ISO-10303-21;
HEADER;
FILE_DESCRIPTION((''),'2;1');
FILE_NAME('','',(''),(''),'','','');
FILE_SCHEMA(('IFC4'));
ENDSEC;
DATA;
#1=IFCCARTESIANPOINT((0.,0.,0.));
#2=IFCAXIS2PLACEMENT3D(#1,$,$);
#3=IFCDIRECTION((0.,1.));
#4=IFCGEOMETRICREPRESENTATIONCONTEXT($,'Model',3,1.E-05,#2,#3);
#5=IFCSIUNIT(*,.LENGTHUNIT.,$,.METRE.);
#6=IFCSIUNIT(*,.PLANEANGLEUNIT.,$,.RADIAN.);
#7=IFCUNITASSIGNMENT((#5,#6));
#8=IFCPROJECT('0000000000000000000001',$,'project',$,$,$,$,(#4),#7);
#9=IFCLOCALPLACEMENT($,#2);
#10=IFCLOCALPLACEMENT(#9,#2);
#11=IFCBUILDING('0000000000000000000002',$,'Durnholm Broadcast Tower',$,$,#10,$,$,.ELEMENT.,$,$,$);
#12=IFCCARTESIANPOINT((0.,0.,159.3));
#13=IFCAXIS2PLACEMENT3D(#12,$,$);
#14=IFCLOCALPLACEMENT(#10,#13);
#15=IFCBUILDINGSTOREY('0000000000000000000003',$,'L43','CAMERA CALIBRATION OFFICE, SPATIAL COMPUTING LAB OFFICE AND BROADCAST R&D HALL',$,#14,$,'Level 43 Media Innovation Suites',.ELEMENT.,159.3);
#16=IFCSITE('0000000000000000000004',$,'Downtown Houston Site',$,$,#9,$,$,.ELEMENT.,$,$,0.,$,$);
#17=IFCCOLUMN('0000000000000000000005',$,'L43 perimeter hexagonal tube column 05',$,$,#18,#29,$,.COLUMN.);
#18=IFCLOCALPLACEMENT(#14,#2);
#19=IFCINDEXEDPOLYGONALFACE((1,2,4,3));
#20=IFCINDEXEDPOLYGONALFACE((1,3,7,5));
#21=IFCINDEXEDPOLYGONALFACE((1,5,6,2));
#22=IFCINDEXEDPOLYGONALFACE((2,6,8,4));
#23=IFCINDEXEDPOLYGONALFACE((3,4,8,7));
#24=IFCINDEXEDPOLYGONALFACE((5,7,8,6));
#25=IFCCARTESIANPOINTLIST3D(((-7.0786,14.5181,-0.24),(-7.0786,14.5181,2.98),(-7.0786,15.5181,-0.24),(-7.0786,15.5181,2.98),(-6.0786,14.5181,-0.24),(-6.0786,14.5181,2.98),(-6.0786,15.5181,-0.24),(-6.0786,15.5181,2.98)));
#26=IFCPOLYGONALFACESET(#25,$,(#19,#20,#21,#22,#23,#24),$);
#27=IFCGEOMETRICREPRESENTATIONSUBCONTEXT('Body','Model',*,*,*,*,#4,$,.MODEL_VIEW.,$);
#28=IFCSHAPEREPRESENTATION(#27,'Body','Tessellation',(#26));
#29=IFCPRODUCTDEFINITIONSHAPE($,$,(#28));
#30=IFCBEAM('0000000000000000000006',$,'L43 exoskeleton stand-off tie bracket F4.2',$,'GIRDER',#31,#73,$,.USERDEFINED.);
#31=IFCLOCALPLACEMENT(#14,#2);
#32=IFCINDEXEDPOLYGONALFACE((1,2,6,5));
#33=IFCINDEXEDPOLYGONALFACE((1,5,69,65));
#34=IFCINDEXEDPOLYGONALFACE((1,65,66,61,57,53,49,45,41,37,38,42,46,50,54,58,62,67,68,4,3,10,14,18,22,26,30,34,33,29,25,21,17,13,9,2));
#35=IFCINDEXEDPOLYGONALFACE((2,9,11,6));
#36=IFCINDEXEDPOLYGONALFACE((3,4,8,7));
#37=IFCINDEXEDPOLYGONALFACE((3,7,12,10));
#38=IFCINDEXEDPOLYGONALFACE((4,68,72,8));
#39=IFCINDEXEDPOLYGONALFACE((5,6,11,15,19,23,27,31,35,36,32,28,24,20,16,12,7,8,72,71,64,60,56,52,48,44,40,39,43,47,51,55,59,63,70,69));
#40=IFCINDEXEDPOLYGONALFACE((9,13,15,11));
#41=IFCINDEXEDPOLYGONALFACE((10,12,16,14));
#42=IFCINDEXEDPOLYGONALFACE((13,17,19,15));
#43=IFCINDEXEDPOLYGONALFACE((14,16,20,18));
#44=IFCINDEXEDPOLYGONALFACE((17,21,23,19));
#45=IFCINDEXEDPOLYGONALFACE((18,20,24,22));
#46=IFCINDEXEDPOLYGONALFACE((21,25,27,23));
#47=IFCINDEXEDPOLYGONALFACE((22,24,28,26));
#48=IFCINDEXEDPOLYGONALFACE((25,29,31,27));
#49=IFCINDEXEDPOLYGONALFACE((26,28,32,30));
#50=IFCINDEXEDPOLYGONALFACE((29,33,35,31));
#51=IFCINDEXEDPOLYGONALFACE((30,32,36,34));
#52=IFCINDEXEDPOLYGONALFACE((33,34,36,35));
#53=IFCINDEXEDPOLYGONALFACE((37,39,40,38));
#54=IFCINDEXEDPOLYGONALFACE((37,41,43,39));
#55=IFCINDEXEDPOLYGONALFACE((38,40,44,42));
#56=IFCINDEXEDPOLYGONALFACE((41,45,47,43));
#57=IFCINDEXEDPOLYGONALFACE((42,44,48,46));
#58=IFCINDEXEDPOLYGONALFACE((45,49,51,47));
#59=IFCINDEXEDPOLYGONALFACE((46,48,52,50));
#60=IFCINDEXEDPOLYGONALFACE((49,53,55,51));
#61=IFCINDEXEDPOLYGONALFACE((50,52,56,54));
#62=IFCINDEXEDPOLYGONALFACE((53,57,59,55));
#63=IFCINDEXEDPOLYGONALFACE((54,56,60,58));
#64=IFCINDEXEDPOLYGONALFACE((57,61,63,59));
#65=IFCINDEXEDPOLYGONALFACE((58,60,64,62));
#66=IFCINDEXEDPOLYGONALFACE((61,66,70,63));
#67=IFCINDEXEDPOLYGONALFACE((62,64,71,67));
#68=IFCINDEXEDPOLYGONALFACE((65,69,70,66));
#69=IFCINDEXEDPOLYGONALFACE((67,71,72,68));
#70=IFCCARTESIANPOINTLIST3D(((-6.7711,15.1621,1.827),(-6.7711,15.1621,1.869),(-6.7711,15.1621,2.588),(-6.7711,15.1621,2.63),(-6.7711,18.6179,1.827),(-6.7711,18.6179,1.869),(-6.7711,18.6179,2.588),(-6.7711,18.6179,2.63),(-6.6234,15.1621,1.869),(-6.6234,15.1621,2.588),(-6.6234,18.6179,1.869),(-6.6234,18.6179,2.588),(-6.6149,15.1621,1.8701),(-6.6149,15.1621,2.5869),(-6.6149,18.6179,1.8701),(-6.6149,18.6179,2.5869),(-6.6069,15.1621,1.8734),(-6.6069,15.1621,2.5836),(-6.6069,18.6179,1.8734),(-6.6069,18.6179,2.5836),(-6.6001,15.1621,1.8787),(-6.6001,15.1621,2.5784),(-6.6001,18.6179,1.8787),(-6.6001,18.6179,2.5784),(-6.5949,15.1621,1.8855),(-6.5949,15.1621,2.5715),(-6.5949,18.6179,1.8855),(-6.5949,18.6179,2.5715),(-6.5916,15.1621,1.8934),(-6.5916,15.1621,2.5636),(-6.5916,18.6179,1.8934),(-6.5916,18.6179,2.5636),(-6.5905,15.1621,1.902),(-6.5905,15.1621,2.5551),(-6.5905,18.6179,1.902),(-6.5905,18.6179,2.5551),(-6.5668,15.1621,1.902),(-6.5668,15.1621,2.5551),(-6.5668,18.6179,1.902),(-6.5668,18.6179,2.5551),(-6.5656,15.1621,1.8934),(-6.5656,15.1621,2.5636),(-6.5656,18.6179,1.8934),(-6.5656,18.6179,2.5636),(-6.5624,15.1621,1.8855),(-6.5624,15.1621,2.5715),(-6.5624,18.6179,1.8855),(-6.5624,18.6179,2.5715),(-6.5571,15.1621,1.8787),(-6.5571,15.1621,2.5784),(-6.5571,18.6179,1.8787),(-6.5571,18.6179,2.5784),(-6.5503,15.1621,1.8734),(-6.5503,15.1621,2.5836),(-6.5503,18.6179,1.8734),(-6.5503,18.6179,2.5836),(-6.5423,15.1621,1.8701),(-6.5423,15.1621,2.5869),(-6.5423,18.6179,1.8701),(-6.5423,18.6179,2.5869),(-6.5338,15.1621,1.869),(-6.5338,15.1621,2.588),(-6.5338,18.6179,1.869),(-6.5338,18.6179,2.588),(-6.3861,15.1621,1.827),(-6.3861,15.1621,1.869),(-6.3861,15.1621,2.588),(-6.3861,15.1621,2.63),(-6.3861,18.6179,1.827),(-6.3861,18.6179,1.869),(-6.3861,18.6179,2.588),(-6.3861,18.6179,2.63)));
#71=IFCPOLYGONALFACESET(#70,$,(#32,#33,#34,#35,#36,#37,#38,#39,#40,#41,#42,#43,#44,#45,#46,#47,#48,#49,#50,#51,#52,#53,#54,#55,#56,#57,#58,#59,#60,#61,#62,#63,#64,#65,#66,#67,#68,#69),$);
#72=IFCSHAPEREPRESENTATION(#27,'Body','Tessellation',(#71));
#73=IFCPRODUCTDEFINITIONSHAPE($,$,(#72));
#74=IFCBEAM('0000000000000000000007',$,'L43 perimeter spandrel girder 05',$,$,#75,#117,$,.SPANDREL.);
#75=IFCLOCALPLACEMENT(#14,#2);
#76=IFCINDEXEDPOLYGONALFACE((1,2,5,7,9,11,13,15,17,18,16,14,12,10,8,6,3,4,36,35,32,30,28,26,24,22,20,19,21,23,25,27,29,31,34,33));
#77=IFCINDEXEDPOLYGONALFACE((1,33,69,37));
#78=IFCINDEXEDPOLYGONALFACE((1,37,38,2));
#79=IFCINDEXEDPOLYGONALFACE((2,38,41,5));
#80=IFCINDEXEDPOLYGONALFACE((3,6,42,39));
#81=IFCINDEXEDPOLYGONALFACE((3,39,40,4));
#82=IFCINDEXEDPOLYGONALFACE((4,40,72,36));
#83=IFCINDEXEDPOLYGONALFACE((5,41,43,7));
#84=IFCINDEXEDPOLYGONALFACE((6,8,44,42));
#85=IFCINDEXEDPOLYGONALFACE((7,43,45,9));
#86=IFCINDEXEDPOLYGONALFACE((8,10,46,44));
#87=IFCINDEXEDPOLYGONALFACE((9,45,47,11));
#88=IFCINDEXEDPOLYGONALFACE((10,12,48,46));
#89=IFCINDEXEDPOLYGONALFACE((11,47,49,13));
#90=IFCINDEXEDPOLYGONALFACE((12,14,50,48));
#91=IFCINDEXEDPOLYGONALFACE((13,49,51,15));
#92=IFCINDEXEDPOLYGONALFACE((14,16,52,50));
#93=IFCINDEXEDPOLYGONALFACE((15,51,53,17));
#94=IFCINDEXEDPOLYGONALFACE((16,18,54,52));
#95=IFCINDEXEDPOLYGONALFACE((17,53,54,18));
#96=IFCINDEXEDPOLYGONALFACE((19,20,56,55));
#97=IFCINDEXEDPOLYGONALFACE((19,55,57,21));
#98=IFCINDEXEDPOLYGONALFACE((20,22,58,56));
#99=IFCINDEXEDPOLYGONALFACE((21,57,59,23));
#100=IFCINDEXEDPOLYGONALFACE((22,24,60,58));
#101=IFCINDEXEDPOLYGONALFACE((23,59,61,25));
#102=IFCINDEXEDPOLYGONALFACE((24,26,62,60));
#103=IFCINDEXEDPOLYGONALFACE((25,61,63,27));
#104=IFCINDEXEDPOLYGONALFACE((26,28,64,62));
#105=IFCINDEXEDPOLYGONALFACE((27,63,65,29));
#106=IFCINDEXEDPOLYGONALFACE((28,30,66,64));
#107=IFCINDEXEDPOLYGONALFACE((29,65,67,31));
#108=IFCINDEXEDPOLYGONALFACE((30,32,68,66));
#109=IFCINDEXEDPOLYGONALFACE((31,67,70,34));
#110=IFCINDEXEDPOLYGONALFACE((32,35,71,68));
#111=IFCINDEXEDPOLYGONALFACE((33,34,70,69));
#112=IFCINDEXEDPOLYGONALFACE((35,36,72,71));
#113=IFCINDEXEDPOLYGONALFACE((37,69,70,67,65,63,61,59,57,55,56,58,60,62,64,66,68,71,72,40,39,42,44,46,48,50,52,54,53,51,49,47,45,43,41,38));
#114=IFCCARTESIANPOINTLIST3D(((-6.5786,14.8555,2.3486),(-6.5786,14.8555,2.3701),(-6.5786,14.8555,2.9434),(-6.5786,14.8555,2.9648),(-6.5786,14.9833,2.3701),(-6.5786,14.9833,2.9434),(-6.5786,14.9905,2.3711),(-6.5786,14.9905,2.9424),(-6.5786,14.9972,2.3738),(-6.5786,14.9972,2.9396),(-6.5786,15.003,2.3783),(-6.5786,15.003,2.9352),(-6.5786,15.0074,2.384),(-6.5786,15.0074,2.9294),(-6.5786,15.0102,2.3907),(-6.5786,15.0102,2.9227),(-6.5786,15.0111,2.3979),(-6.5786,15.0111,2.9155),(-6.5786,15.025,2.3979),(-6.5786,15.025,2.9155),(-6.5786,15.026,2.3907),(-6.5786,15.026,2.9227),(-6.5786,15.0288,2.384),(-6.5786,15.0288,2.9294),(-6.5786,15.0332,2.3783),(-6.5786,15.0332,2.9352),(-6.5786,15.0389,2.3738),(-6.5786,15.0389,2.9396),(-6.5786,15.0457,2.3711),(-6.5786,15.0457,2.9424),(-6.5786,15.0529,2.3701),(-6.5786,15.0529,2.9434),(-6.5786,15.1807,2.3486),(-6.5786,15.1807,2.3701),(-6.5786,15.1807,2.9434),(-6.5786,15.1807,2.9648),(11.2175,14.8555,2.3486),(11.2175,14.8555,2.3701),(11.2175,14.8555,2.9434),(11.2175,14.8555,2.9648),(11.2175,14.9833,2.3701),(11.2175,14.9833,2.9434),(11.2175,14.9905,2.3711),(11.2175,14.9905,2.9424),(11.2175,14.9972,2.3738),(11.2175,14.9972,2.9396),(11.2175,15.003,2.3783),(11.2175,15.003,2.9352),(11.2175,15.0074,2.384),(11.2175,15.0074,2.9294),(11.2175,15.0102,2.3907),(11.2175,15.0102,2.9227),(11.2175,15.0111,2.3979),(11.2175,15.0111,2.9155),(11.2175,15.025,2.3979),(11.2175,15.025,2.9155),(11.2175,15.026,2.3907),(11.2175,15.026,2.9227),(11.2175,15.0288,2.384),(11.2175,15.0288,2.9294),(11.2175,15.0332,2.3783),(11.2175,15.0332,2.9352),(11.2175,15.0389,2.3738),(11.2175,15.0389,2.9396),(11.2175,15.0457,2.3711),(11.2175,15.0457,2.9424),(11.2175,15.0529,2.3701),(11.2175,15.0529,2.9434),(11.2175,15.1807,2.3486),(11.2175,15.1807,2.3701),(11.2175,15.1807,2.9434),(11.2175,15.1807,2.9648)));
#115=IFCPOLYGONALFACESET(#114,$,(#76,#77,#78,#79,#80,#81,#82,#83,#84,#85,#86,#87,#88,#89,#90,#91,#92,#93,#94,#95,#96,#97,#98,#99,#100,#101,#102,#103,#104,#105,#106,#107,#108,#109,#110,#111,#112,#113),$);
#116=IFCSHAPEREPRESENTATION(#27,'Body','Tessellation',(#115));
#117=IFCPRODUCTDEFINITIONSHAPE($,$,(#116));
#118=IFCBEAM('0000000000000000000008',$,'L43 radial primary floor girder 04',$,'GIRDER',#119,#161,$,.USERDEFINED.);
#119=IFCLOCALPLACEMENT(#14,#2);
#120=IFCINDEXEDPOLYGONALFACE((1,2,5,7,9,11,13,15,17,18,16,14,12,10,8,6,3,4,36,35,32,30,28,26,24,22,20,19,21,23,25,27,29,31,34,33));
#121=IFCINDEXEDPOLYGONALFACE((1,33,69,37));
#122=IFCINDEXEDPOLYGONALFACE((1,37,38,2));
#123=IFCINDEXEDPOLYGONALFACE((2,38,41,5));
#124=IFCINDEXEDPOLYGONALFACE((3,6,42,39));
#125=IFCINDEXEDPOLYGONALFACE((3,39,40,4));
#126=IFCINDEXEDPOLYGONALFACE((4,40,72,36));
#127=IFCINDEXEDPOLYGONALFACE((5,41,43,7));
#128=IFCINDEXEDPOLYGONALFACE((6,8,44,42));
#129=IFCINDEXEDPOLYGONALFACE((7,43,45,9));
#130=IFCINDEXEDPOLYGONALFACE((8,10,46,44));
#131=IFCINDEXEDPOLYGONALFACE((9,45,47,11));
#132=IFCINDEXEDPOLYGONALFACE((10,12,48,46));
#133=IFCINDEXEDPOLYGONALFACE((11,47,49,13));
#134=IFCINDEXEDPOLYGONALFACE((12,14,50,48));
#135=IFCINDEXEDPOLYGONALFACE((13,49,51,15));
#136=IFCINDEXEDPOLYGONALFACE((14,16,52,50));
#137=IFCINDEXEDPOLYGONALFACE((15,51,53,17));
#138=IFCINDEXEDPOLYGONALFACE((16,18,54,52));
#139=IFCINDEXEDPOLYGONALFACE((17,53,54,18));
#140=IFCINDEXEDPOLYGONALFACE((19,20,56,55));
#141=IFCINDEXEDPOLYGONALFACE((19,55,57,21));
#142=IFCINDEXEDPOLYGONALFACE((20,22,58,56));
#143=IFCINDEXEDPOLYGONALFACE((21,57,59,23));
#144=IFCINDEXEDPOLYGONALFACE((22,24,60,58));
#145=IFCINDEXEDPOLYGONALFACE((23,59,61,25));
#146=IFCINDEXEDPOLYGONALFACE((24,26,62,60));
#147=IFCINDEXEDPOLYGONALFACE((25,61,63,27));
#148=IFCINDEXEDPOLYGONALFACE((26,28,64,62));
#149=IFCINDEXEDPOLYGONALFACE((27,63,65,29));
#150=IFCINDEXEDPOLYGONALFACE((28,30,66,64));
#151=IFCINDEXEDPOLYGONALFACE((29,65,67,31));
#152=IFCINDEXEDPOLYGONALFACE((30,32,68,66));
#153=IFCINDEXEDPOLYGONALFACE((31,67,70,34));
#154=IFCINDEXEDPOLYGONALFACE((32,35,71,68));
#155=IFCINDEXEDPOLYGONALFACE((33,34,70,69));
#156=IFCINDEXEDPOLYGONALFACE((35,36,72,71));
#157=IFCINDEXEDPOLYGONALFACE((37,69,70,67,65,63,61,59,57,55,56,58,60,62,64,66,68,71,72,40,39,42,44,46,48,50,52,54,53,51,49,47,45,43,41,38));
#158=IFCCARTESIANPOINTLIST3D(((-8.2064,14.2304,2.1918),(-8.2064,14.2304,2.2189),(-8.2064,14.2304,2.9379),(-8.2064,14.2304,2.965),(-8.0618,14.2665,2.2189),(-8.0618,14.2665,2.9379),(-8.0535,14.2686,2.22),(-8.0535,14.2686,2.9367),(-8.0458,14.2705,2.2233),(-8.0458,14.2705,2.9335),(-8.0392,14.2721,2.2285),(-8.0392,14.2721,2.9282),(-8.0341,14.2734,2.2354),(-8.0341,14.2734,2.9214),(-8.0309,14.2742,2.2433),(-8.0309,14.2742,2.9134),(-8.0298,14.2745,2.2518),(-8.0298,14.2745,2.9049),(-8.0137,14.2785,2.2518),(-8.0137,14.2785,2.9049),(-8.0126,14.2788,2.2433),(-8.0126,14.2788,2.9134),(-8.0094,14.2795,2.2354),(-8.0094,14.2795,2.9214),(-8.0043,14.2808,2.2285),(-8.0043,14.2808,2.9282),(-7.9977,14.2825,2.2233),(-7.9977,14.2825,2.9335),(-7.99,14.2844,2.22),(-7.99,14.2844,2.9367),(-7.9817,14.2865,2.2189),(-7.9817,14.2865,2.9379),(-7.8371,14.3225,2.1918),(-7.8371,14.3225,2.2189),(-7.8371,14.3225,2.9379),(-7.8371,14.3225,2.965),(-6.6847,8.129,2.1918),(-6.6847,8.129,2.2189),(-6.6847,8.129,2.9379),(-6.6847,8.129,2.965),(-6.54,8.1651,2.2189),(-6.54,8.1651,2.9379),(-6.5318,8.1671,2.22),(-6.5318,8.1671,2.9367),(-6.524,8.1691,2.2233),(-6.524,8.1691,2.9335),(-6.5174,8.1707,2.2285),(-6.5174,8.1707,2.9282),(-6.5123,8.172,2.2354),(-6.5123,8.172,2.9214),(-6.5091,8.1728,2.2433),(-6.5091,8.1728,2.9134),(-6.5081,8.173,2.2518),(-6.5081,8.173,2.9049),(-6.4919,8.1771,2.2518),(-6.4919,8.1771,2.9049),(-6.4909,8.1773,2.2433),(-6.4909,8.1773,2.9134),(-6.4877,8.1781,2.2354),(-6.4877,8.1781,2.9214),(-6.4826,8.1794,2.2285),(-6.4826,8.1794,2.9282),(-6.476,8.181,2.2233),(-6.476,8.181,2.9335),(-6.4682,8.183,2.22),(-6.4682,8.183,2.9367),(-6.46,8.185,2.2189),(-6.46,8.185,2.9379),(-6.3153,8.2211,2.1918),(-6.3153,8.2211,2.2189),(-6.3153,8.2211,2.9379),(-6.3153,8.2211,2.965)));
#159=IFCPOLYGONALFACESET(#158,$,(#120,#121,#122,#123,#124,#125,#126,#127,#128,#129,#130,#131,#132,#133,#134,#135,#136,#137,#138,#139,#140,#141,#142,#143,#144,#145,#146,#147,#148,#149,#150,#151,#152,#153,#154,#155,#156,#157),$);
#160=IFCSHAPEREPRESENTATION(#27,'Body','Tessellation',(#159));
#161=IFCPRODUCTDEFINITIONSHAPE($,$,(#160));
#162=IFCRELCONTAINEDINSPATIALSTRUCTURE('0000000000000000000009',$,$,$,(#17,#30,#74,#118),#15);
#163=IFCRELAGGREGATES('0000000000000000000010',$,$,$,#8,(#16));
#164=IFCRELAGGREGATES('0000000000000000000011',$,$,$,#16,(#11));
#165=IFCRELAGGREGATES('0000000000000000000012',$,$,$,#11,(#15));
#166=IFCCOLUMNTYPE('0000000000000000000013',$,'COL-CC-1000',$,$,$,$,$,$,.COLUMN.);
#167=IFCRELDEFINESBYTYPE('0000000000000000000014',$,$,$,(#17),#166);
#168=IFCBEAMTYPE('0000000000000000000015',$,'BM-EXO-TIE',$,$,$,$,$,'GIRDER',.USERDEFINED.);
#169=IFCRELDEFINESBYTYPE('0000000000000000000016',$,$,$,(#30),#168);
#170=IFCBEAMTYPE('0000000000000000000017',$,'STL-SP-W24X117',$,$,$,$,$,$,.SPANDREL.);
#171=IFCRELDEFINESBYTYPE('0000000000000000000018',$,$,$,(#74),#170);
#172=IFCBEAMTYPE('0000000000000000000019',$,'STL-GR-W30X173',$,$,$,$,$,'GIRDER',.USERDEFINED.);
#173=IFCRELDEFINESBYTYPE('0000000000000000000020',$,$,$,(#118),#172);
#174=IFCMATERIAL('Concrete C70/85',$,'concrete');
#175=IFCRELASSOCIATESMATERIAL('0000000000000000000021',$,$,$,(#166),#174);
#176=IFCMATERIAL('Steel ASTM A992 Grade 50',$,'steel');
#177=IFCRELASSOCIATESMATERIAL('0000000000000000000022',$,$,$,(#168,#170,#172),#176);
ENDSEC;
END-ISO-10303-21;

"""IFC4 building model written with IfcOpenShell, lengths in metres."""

from ifc_helpers import new_model, si_unit, direction, frame, origin, origin_2d, place, context, subcontext, project, spatial, rectangle, i_section, extrude, source, transform, mapped, material, material_profile, profile_set, type_object, type_shapes, element, save


model = new_model("IFC4")

# Units and contexts
model_context = context("Model", 3, precision=1e-05, world=origin(), true_north=direction((0.0, 1.0)))
body_context = subcontext(model_context, "Body", "Model", "MODEL_VIEW")
ifc_project = project(units=[si_unit("LENGTHUNIT", "METRE"), si_unit("PLANEANGLEUNIT", "RADIAN")], contexts=[model_context])

# Site, building, storey
site_placement = place(None, origin())
site = spatial("IfcSite", under=ifc_project, at=site_placement, Name="Downtown Houston Site", CompositionType="ELEMENT", RefElevation=0.0)
building_placement = place(site_placement, origin())
building = spatial("IfcBuilding", under=site, at=building_placement, Name="Durnholm Broadcast Tower", CompositionType="ELEMENT")
storey_placement = place(building_placement, frame((0.0, 0.0, 159.3)))
storey = spatial("IfcBuildingStorey", under=building, at=storey_placement, Name="L43", Description="CAMERA CALIBRATION OFFICE, SPATIAL COMPUTING LAB OFFICE AND BROADCAST R&D HALL", LongName="Level 43 Media Innovation Suites", CompositionType="ELEMENT", Elevation=159.3)

# Column
ifc_material_1 = material(Name="Concrete C70/85", Category="concrete")
ifc_material_profile_1 = material_profile(ifc_material_1, rectangle(XDim=1.0, YDim=1.0, at=origin_2d()), Name="RC1000X1000")
ifc_profile_set_1 = profile_set([ifc_material_profile_1], Name="Concrete C70/85")
column_type = type_object("IfcColumnType", Name="COL-CC-1000", PredefinedType="COLUMN", material=ifc_profile_set_1)
shared_shape_1 = source(origin(), body_context, "Body", "SweptSolid", [
    extrude(rectangle(XDim=1.0, YDim=1.0, at=origin_2d()), origin(), (0.0, 0.0, 1.0), 3.22),
])
type_shapes(column_type, [shared_shape_1])
column_placement = place(storey_placement, frame((-6.5786, 15.0181, -0.24), z_axis=(0.0, 0.0, 1.0), x_axis=(1.0, 0.0, 0.0)))
element("IfcColumn", 1, at=column_placement, inside=storey, type_object=column_type, Name="L43 perimeter hexagonal tube column 05", PredefinedType="COLUMN", context=body_context, shape_type="MappedRepresentation", body=[
    mapped(shared_shape_1, transform((0.0, 0.0, 0.0), x_axis=(1.0, 0.0, 0.0), y_axis=(0.0, 1.0, 0.0), z_axis=(0.0, 0.0, 1.0), scale=1.0)),
])

# Beams
ifc_material_2 = material(Name="Steel ASTM A992 Grade 50", Category="steel")
ifc_material_profile_2 = material_profile(ifc_material_2, i_section(OverallWidth=0.385, OverallDepth=0.803, WebThickness=0.0237, FlangeThickness=0.042, FilletRadius=0.033, at=origin_2d()), Name="W30X261")
ifc_profile_set_2 = profile_set([ifc_material_profile_2], Name="Steel ASTM A992 Grade 50")
beam_type_1 = type_object("IfcBeamType", Name="BM-EXO-TIE", ElementType="GIRDER", PredefinedType="USERDEFINED", material=ifc_profile_set_2)
shared_shape_2 = source(origin(), body_context, "Body", "SweptSolid", [
    extrude(i_section(OverallWidth=0.385, OverallDepth=0.803, WebThickness=0.0237, FlangeThickness=0.042, FilletRadius=0.033, at=origin_2d()), origin(), (0.0, 0.0, 1.0), 3.4558),
])
type_shapes(beam_type_1, [shared_shape_2])
beam_1_placement = place(storey_placement, frame((-6.5786, 15.1621, 2.2285), z_axis=(0.0, 1.0, 0.0), x_axis=(-1.0, 0.0, 0.0)))
element("IfcBeam", 2, at=beam_1_placement, inside=storey, type_object=beam_type_1, Name="L43 exoskeleton stand-off tie bracket F4.2", ObjectType="GIRDER", PredefinedType="USERDEFINED", context=body_context, shape_type="MappedRepresentation", body=[
    mapped(shared_shape_2, transform((0.0, 0.0, 0.0), x_axis=(1.0, 0.0, 0.0), y_axis=(0.0, 1.0, 0.0), z_axis=(0.0, 0.0, 1.0), scale=1.0)),
])
ifc_material_profile_3 = material_profile(ifc_material_2, i_section(OverallWidth=0.3252, OverallDepth=0.6162, WebThickness=0.0139, FlangeThickness=0.0215, FilletRadius=0.0278, at=origin_2d()), Name="W24X117")
ifc_profile_set_3 = profile_set([ifc_material_profile_3], Name="Steel ASTM A992 Grade 50")
beam_type_2 = type_object("IfcBeamType", Name="STL-SP-W24X117", PredefinedType="SPANDREL", material=ifc_profile_set_3)
shared_shape_3 = source(origin(), body_context, "Body", "SweptSolid", [
    extrude(i_section(OverallWidth=0.3252, OverallDepth=0.6162, WebThickness=0.0139, FlangeThickness=0.0215, FilletRadius=0.0278, at=origin_2d()), origin(), (0.0, 0.0, 1.0), 17.7961),
])
type_shapes(beam_type_2, [shared_shape_3])
beam_2_placement = place(storey_placement, frame((-6.5786, 15.0181, 2.6567), z_axis=(1.0, 0.0, 0.0), x_axis=(0.0, 1.0, 0.0)))
element("IfcBeam", 3, at=beam_2_placement, inside=storey, type_object=beam_type_2, Name="L43 perimeter spandrel girder 05", PredefinedType="SPANDREL", context=body_context, shape_type="MappedRepresentation", body=[
    mapped(shared_shape_3, transform((0.0, 0.0, 0.0), x_axis=(1.0, 0.0, 0.0), y_axis=(0.0, 1.0, 0.0), z_axis=(0.0, 0.0, 1.0), scale=1.0)),
])
ifc_material_profile_4 = material_profile(ifc_material_2, i_section(OverallWidth=0.3806, OverallDepth=0.7732, WebThickness=0.0166, FlangeThickness=0.0271, FilletRadius=0.033, at=origin_2d()), Name="W30X173")
ifc_profile_set_4 = profile_set([ifc_material_profile_4], Name="Steel ASTM A992 Grade 50")
beam_type_3 = type_object("IfcBeamType", Name="STL-GR-W30X173", ElementType="GIRDER", PredefinedType="USERDEFINED", material=ifc_profile_set_4)
shared_shape_4 = source(origin(), body_context, "Body", "SweptSolid", [
    extrude(i_section(OverallWidth=0.3806, OverallDepth=0.7732, WebThickness=0.0166, FlangeThickness=0.0271, FilletRadius=0.033, at=origin_2d()), origin(), (0.0, 0.0, 1.0), 6.2883),
])
beam_3_placement = place(storey_placement, frame((-6.5, 8.175, 2.5784), z_axis=(-0.241997, 0.970277, 0.0), x_axis=(-0.970277, -0.241997, 0.0)))
element("IfcBeam", 4, at=beam_3_placement, inside=storey, type_object=beam_type_3, Name="L43 radial primary floor girder 04", ObjectType="GIRDER", PredefinedType="USERDEFINED", context=body_context, shape_type="MappedRepresentation", body=[
    mapped(shared_shape_4, transform((0.0, 0.0, 0.0), x_axis=(1.0, 0.0, 0.0), y_axis=(0.0, 1.0, 0.0), z_axis=(0.0, 0.0, 1.0), scale=1.0)),
])

save(model, "model.ifc")
